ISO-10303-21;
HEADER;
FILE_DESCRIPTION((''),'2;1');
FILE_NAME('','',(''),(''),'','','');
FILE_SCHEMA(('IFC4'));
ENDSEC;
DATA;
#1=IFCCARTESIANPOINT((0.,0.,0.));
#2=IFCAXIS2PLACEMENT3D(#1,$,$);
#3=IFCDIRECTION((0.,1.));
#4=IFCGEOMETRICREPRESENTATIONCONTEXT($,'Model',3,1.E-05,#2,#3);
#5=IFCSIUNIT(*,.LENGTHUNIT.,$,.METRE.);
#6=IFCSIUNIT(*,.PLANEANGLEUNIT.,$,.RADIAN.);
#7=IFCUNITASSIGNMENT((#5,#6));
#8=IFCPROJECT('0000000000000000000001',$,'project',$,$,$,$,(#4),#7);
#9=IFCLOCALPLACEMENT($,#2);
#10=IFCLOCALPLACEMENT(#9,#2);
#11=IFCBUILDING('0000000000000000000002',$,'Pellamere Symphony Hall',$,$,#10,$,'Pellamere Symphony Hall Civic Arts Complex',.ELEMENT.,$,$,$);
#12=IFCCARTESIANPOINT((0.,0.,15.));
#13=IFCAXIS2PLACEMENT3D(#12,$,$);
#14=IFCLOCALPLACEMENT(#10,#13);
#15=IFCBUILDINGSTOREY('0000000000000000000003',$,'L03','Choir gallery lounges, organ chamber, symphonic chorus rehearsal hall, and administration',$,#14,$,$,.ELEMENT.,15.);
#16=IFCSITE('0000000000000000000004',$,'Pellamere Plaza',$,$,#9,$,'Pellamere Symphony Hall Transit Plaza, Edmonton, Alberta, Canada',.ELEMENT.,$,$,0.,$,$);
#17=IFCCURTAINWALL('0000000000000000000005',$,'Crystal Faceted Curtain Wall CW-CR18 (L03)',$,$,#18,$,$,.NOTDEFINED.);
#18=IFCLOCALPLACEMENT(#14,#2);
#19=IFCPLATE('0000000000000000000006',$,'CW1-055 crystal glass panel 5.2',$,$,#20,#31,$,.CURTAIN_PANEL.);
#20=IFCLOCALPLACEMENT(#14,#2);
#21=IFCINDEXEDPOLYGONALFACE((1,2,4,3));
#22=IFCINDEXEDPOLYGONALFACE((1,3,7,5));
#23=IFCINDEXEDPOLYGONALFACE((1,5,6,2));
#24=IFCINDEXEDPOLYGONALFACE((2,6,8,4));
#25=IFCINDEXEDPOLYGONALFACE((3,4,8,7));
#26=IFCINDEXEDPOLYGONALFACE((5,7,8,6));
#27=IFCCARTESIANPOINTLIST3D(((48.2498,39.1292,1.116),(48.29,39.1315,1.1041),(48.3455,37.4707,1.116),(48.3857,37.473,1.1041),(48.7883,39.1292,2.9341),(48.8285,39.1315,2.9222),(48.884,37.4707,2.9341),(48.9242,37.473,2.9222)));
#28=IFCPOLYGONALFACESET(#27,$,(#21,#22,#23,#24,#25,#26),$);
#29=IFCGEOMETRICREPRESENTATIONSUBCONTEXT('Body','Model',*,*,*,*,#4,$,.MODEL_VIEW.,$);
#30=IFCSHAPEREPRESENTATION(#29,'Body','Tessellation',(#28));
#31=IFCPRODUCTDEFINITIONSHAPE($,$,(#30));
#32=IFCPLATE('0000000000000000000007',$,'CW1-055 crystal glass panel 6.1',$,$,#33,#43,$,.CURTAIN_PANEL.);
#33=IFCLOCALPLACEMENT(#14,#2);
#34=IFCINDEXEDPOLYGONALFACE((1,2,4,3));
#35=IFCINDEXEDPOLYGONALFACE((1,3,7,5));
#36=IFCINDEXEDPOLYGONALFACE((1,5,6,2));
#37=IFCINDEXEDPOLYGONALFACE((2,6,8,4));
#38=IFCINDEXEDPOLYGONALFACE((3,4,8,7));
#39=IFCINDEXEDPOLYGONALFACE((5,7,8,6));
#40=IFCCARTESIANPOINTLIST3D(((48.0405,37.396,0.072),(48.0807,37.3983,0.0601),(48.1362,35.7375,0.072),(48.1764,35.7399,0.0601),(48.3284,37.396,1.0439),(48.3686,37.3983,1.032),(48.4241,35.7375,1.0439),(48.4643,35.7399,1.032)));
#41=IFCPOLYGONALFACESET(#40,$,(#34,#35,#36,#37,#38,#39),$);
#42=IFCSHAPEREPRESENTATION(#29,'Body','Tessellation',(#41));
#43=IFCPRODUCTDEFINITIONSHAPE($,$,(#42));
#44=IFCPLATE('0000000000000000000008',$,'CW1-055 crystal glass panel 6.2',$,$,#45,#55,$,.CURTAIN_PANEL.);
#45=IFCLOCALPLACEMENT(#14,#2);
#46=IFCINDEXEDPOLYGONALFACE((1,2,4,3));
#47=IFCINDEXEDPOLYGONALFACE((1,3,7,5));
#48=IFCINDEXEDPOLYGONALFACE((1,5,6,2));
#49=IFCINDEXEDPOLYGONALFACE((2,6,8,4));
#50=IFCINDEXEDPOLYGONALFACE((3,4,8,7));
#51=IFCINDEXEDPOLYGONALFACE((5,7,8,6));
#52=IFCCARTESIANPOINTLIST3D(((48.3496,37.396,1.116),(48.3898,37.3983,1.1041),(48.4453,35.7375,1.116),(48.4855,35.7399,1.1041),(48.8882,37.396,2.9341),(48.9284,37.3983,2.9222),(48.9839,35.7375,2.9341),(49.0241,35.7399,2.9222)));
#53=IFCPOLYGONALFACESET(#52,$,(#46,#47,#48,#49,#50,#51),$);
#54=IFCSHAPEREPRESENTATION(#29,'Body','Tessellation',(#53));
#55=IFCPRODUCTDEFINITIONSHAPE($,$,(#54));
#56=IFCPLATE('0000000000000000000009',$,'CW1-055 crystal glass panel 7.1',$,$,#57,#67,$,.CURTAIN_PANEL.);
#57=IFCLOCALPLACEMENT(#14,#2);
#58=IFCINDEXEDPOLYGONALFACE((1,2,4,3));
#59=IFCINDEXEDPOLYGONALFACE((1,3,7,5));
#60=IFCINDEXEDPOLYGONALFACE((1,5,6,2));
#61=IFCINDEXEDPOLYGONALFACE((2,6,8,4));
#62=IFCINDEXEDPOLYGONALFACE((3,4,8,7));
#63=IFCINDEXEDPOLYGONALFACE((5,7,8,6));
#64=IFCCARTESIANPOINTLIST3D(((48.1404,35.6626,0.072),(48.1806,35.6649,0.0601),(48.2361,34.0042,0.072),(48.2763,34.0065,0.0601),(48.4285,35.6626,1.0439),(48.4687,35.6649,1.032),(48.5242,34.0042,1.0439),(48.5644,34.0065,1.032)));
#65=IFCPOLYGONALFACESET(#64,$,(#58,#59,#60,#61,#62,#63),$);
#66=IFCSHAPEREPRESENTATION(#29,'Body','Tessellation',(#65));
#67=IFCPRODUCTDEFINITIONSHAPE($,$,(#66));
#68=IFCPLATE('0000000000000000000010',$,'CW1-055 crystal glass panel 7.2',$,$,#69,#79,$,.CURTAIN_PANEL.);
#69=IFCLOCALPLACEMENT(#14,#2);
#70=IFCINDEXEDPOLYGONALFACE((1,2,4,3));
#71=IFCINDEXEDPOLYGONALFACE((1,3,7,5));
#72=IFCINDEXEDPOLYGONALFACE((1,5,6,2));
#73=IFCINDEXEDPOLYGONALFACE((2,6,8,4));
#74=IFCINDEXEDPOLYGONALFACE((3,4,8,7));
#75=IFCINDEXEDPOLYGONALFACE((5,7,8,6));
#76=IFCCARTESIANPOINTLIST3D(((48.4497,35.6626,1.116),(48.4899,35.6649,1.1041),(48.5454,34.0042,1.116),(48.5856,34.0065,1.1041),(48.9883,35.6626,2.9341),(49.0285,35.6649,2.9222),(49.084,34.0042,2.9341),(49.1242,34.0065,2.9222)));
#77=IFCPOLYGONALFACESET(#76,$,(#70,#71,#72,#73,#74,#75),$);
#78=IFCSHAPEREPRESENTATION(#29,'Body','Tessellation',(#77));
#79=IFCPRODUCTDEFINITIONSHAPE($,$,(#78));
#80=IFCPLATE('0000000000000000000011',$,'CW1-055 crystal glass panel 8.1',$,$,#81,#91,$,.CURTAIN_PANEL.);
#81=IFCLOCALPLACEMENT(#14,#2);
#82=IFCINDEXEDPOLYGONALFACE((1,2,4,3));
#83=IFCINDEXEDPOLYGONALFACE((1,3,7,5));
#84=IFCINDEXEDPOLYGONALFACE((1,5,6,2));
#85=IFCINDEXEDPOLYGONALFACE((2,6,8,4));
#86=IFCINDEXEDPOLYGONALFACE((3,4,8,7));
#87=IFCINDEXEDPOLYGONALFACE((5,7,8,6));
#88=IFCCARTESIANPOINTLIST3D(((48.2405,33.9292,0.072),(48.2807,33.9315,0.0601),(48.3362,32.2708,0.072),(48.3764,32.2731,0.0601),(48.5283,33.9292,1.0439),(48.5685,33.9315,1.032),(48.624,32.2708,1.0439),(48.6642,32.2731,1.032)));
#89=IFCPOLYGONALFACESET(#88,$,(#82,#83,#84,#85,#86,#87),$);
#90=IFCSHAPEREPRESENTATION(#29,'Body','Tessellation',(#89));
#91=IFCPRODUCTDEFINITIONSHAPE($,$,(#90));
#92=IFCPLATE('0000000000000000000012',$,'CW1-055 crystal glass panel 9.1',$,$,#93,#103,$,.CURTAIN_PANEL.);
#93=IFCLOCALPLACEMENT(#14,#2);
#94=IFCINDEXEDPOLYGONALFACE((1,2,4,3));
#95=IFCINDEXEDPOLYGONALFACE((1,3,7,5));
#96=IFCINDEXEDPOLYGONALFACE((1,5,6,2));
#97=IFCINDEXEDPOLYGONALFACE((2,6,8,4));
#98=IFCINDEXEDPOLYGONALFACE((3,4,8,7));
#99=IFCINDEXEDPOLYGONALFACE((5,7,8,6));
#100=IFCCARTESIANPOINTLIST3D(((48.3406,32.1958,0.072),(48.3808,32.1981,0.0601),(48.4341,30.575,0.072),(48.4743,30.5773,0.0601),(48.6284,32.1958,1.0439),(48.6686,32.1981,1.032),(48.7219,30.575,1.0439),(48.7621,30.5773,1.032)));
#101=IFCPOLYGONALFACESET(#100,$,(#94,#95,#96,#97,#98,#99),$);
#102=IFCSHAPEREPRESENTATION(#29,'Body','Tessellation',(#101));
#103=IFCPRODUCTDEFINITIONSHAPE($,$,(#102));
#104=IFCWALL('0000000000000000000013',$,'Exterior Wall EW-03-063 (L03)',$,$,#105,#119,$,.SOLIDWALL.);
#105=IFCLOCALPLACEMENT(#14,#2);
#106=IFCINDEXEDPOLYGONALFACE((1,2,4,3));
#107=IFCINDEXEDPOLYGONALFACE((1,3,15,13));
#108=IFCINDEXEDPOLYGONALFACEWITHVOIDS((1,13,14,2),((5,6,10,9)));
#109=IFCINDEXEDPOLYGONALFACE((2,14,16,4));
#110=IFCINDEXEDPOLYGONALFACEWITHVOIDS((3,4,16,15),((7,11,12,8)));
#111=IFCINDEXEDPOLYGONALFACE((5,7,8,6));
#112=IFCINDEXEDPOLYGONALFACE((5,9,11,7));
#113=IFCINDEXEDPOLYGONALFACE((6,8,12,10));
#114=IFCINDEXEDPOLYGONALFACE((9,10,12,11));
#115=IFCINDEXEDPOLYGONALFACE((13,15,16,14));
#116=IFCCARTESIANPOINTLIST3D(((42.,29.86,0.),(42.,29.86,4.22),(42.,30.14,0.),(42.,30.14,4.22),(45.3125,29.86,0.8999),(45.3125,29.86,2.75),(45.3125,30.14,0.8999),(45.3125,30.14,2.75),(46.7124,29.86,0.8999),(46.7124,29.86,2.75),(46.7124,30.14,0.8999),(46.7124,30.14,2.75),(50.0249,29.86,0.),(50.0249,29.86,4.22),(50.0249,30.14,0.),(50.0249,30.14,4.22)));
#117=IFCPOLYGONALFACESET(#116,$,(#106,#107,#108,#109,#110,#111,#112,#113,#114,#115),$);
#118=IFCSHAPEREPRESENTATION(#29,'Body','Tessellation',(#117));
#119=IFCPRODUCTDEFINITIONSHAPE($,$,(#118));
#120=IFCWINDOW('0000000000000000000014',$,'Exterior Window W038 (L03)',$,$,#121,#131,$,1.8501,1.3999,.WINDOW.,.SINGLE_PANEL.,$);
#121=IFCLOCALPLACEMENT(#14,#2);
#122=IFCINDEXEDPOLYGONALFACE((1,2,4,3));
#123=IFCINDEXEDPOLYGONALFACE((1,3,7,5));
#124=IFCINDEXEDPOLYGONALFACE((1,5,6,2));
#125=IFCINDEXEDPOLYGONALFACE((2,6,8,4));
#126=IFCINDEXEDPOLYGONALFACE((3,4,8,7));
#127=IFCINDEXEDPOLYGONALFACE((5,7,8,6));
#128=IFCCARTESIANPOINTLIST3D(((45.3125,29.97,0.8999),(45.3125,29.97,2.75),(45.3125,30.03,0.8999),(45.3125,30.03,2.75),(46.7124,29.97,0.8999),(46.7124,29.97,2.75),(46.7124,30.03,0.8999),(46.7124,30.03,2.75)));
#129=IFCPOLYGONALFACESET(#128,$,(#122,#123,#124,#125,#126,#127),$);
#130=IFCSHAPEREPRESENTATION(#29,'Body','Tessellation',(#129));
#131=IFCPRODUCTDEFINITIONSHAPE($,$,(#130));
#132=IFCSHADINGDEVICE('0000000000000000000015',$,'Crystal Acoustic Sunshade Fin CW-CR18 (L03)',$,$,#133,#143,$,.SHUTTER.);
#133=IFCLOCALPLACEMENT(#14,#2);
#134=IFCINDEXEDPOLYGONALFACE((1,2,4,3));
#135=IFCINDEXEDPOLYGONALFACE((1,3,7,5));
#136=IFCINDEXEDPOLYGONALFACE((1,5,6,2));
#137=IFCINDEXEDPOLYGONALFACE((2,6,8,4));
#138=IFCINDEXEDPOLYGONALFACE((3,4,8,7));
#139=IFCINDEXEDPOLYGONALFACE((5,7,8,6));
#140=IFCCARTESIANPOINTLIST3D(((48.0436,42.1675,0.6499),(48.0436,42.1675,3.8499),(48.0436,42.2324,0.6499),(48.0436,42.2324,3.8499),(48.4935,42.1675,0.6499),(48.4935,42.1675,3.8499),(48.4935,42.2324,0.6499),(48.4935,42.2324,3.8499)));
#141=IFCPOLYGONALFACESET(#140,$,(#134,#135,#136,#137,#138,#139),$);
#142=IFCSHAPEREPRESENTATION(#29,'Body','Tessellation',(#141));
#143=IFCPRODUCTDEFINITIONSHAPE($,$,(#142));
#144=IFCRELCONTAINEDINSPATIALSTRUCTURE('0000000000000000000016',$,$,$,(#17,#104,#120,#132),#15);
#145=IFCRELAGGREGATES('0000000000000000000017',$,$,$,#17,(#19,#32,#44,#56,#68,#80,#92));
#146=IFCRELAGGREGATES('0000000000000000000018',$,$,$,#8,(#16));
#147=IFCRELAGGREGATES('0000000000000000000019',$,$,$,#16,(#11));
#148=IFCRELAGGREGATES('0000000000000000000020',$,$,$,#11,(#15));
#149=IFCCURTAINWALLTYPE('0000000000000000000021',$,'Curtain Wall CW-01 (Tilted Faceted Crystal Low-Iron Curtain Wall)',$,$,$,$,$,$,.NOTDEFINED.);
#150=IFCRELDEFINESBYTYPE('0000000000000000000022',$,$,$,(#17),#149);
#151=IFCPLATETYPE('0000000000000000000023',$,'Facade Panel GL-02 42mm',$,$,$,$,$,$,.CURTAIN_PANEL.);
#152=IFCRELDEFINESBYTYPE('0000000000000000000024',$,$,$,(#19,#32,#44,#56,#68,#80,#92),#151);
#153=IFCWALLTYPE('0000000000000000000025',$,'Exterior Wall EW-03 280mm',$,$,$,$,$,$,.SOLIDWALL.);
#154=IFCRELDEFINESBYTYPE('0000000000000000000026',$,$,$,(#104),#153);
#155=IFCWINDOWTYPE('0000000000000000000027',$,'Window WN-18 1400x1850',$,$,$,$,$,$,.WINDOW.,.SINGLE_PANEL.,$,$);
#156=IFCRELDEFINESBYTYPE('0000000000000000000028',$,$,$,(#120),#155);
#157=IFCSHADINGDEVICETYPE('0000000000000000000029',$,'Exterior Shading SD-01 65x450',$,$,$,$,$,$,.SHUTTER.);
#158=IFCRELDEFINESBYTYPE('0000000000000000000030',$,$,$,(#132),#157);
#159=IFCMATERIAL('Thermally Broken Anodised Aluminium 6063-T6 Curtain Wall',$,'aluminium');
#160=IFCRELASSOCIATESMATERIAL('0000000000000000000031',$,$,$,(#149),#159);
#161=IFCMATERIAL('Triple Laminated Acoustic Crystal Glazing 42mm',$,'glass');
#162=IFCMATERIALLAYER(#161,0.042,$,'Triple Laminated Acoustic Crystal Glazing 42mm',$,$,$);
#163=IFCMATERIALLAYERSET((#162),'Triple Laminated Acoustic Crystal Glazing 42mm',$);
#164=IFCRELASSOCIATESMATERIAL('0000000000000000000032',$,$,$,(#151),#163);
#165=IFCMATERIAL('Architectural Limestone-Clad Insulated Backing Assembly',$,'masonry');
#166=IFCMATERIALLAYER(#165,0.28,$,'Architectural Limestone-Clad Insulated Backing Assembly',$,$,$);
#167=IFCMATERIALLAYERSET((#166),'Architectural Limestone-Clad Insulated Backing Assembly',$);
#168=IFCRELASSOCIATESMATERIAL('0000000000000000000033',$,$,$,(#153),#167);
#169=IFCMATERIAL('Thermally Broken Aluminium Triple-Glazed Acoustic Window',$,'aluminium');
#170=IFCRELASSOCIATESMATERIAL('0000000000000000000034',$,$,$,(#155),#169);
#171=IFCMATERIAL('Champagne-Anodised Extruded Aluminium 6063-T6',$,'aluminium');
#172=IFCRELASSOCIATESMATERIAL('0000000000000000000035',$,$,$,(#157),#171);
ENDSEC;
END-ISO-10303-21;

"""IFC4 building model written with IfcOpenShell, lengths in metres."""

from ifc_helpers import new_model, si_unit, direction, frame, frame_2d, origin, origin_2d, place, context, subcontext, project, spatial, polyline, rectangle, outline, extrude, material, layer, layer_set, type_object, element, fill, aggregate, save


model = new_model("IFC4")

# Units and contexts
model_context = context("Model", 3, precision=1e-05, world=origin(), true_north=direction((0.0, 1.0)))
body_context = subcontext(model_context, "Body", "Model", "MODEL_VIEW")
ifc_project = project(units=[si_unit("LENGTHUNIT", "METRE"), si_unit("PLANEANGLEUNIT", "RADIAN")], contexts=[model_context])

# Site, building, storey
site_placement = place(None, origin())
site = spatial("IfcSite", under=ifc_project, at=site_placement, Name="Pellamere Plaza", LongName="Pellamere Symphony Hall Transit Plaza, Edmonton, Alberta, Canada", CompositionType="ELEMENT", RefElevation=0.0)
building_placement = place(site_placement, origin())
building = spatial("IfcBuilding", under=site, at=building_placement, Name="Pellamere Symphony Hall", LongName="Pellamere Symphony Hall Civic Arts Complex", CompositionType="ELEMENT")
storey_placement = place(building_placement, frame((0.0, 0.0, 15.0)))
storey = spatial("IfcBuildingStorey", under=building, at=storey_placement, Name="L03", Description="Choir gallery lounges, organ chamber, symphonic chorus rehearsal hall, and administration", CompositionType="ELEMENT", Elevation=15.0)

# Curtain wall
ifc_material_1 = material(Name="Thermally Broken Anodised Aluminium 6063-T6 Curtain Wall", Category="aluminium")
curtain_wall_type_1 = type_object("IfcCurtainWallType", Name="Curtain Wall CW-01 (Tilted Faceted Crystal Low-Iron Curtain Wall)", PredefinedType="NOTDEFINED", material=ifc_material_1)
curtain_wall_1_placement = place(storey_placement, origin())
curtain_wall_1 = element("IfcCurtainWall", 1, at=curtain_wall_1_placement, inside=storey, type_object=curtain_wall_type_1, Name="Crystal Faceted Curtain Wall CW-CR18 (L03)", PredefinedType="NOTDEFINED")

# Plates
ifc_material_2 = material(Name="Triple Laminated Acoustic Crystal Glazing 42mm", Category="glass")
ifc_layer_1 = layer(ifc_material_2, 0.042, Name="Triple Laminated Acoustic Crystal Glazing 42mm")
ifc_layer_set_1 = layer_set([ifc_layer_1], Name="Triple Laminated Acoustic Crystal Glazing 42mm")
plate_type_1 = type_object("IfcPlateType", Name="Facade Panel GL-02 42mm", PredefinedType="CURTAIN_PANEL", material=ifc_layer_set_1)
plate_1_placement = place(storey_placement, frame((48.2498, 39.1292, 1.116), z_axis=(-0.957352, -0.055245, 0.283593), x_axis=(0.057611, -0.998339, 0.0)))
plate_1 = element("IfcPlate", 2, at=plate_1_placement, type_object=plate_type_1, Name="CW1-055 crystal glass panel 5.2", PredefinedType="CURTAIN_PANEL", context=body_context, shape_type="SweptSolid", body=[
    extrude(outline(polyline([(0.0, 0.0), (1.6612, 0.0), (1.6922, 1.896), (0.031, 1.896), (0.0, 0.0)])), origin(), (0.0, 0.0, -1.0), 0.042),
])
plate_2_placement = place(storey_placement, frame((48.0405, 37.396, 0.072), z_axis=(-0.95737, -0.055246, 0.283532), x_axis=(0.057611, -0.998339, 0.0)))
plate_2 = element("IfcPlate", 3, at=plate_2_placement, type_object=plate_type_1, Name="CW1-055 crystal glass panel 6.1", PredefinedType="CURTAIN_PANEL", context=body_context, shape_type="SweptSolid", body=[
    extrude(outline(polyline([(0.0, 0.0), (1.6612, 0.0), (1.6778, 1.0135), (0.0166, 1.0135), (0.0, 0.0)])), origin(), (0.0, 0.0, -1.0), 0.042),
])
plate_3_placement = place(storey_placement, frame((48.3496, 37.396, 1.116), z_axis=(-0.957352, -0.055245, 0.283593), x_axis=(0.057611, -0.998339, 0.0)))
plate_3 = element("IfcPlate", 4, at=plate_3_placement, type_object=plate_type_1, Name="CW1-055 crystal glass panel 6.2", PredefinedType="CURTAIN_PANEL", context=body_context, shape_type="SweptSolid", body=[
    extrude(outline(polyline([(0.0, 0.0), (1.6612, 0.0), (1.6922, 1.896), (0.031, 1.896), (0.0, 0.0)])), origin(), (0.0, 0.0, -1.0), 0.042),
])
plate_4_placement = place(storey_placement, frame((48.1404, 35.6626, 0.072), z_axis=(-0.957305, -0.055243, 0.283753), x_axis=(0.057611, -0.998339, 0.0)))
plate_4 = element("IfcPlate", 5, at=plate_4_placement, type_object=plate_type_1, Name="CW1-055 crystal glass panel 7.1", PredefinedType="CURTAIN_PANEL", context=body_context, shape_type="SweptSolid", body=[
    extrude(outline(polyline([(0.0, 0.0), (1.6612, 0.0), (1.6778, 1.0136), (0.0166, 1.0136), (0.0, 0.0)])), origin(), (0.0, 0.0, -1.0), 0.042),
])
plate_5_placement = place(storey_placement, frame((48.4497, 35.6626, 1.116), z_axis=(-0.957352, -0.055245, 0.283593), x_axis=(0.057611, -0.998339, 0.0)))
plate_5 = element("IfcPlate", 6, at=plate_5_placement, type_object=plate_type_1, Name="CW1-055 crystal glass panel 7.2", PredefinedType="CURTAIN_PANEL", context=body_context, shape_type="SweptSolid", body=[
    extrude(outline(polyline([(0.0, 0.0), (1.6612, 0.0), (1.6922, 1.896), (0.031, 1.896), (0.0, 0.0)])), origin(), (0.0, 0.0, -1.0), 0.042),
])
plate_6_placement = place(storey_placement, frame((48.2405, 33.9292, 0.072), z_axis=(-0.95737, -0.055246, 0.283532), x_axis=(0.057611, -0.998339, 0.0)))
plate_6 = element("IfcPlate", 7, at=plate_6_placement, type_object=plate_type_1, Name="CW1-055 crystal glass panel 8.1", PredefinedType="CURTAIN_PANEL", context=body_context, shape_type="SweptSolid", body=[
    extrude(outline(polyline([(0.0, 0.0), (1.6612, 0.0), (1.6778, 1.0135), (0.0166, 1.0135), (0.0, 0.0)])), origin(), (0.0, 0.0, -1.0), 0.042),
])
plate_7_placement = place(storey_placement, frame((48.3406, 32.1958, 0.072), z_axis=(-0.957371, -0.05523, 0.283532), x_axis=(0.057594, -0.99834, 0.0)))
plate_7 = element("IfcPlate", 8, at=plate_7_placement, type_object=plate_type_1, Name="CW1-055 crystal glass panel 9.1", PredefinedType="CURTAIN_PANEL", context=body_context, shape_type="SweptSolid", body=[
    extrude(outline(polyline([(0.0, 0.0), (1.6235, 0.0), (1.6401, 1.0135), (0.0166, 1.0135), (0.0, 0.0)])), origin(), (0.0, 0.0, -1.0), 0.042),
])
aggregate(curtain_wall_1, [plate_1, plate_2, plate_3, plate_4, plate_5, plate_6, plate_7])

# Wall, opening, window
ifc_material_3 = material(Name="Architectural Limestone-Clad Insulated Backing Assembly", Category="masonry")
ifc_layer_2 = layer(ifc_material_3, 0.28, Name="Architectural Limestone-Clad Insulated Backing Assembly")
ifc_layer_set_2 = layer_set([ifc_layer_2], Name="Architectural Limestone-Clad Insulated Backing Assembly")
wall_type = type_object("IfcWallType", Name="Exterior Wall EW-03 280mm", PredefinedType="SOLIDWALL", material=ifc_layer_set_2)
wall_placement = place(storey_placement, frame((42.0, 30.0, 0.0), z_axis=(0.0, 0.0, 1.0), x_axis=(1.0, 0.0, 0.0)))
wall = element("IfcWall", 9, at=wall_placement, inside=storey, type_object=wall_type, Name="Exterior Wall EW-03-063 (L03)", PredefinedType="SOLIDWALL", context=body_context, shape_type="SweptSolid", body=[
    extrude(rectangle(XDim=8.0249, YDim=0.28, at=frame_2d((4.0125, 0.0))), origin(), (0.0, 0.0, 1.0), 4.22),
])
opening_placement = place(wall_placement, frame((3.3125, 0.0, 0.8999)))
opening = element("IfcOpeningElement", 10, at=opening_placement, cuts=wall, PredefinedType="OPENING", context=body_context, shape_type="SweptSolid", body=[
    extrude(rectangle(XDim=1.3999, YDim=1.8501, at=frame_2d((0.7, 0.925))), frame((0.0, 0.1499, 0.0), z_axis=(0.0, -1.0, 0.0), x_axis=(1.0, 0.0, 0.0)), (0.0, 0.0, 1.0), 0.3),
])
ifc_material_4 = material(Name="Thermally Broken Aluminium Triple-Glazed Acoustic Window", Category="aluminium")
window_type = type_object("IfcWindowType", Name="Window WN-18 1400x1850", PartitioningType="SINGLE_PANEL", PredefinedType="WINDOW", material=ifc_material_4)
window_placement = place(opening_placement, origin())
window = element("IfcWindow", 11, at=window_placement, inside=storey, type_object=window_type, Name="Exterior Window W038 (L03)", OverallHeight=1.8501, OverallWidth=1.3999, PartitioningType="SINGLE_PANEL", PredefinedType="WINDOW", context=body_context, shape_type="SweptSolid", body=[
    extrude(rectangle(XDim=1.3999, YDim=1.8501, at=frame_2d((0.7, 0.925))), frame((0.0, 0.03, 0.0), z_axis=(0.0, -1.0, 0.0), x_axis=(1.0, 0.0, 0.0)), (0.0, 0.0, 1.0), 0.0601),
])
fill(opening, window)

# Shading device
ifc_material_5 = material(Name="Champagne-Anodised Extruded Aluminium 6063-T6", Category="aluminium")
shading_device_type = type_object("IfcShadingDeviceType", Name="Exterior Shading SD-01 65x450", PredefinedType="SHUTTER", material=ifc_material_5)
shading_device_placement = place(storey_placement, frame((48.2686, 42.2, 0.6499), z_axis=(0.0, 0.0, 1.0), x_axis=(0.0, 1.0, 0.0)))
element("IfcShadingDevice", 12, at=shading_device_placement, inside=storey, type_object=shading_device_type, Name="Crystal Acoustic Sunshade Fin CW-CR18 (L03)", PredefinedType="SHUTTER", context=body_context, shape_type="SweptSolid", body=[
    extrude(rectangle(XDim=0.0649, YDim=0.45, at=origin_2d()), origin(), (0.0, 0.0, 1.0), 3.2),
])

save(model, "model.ifc")
